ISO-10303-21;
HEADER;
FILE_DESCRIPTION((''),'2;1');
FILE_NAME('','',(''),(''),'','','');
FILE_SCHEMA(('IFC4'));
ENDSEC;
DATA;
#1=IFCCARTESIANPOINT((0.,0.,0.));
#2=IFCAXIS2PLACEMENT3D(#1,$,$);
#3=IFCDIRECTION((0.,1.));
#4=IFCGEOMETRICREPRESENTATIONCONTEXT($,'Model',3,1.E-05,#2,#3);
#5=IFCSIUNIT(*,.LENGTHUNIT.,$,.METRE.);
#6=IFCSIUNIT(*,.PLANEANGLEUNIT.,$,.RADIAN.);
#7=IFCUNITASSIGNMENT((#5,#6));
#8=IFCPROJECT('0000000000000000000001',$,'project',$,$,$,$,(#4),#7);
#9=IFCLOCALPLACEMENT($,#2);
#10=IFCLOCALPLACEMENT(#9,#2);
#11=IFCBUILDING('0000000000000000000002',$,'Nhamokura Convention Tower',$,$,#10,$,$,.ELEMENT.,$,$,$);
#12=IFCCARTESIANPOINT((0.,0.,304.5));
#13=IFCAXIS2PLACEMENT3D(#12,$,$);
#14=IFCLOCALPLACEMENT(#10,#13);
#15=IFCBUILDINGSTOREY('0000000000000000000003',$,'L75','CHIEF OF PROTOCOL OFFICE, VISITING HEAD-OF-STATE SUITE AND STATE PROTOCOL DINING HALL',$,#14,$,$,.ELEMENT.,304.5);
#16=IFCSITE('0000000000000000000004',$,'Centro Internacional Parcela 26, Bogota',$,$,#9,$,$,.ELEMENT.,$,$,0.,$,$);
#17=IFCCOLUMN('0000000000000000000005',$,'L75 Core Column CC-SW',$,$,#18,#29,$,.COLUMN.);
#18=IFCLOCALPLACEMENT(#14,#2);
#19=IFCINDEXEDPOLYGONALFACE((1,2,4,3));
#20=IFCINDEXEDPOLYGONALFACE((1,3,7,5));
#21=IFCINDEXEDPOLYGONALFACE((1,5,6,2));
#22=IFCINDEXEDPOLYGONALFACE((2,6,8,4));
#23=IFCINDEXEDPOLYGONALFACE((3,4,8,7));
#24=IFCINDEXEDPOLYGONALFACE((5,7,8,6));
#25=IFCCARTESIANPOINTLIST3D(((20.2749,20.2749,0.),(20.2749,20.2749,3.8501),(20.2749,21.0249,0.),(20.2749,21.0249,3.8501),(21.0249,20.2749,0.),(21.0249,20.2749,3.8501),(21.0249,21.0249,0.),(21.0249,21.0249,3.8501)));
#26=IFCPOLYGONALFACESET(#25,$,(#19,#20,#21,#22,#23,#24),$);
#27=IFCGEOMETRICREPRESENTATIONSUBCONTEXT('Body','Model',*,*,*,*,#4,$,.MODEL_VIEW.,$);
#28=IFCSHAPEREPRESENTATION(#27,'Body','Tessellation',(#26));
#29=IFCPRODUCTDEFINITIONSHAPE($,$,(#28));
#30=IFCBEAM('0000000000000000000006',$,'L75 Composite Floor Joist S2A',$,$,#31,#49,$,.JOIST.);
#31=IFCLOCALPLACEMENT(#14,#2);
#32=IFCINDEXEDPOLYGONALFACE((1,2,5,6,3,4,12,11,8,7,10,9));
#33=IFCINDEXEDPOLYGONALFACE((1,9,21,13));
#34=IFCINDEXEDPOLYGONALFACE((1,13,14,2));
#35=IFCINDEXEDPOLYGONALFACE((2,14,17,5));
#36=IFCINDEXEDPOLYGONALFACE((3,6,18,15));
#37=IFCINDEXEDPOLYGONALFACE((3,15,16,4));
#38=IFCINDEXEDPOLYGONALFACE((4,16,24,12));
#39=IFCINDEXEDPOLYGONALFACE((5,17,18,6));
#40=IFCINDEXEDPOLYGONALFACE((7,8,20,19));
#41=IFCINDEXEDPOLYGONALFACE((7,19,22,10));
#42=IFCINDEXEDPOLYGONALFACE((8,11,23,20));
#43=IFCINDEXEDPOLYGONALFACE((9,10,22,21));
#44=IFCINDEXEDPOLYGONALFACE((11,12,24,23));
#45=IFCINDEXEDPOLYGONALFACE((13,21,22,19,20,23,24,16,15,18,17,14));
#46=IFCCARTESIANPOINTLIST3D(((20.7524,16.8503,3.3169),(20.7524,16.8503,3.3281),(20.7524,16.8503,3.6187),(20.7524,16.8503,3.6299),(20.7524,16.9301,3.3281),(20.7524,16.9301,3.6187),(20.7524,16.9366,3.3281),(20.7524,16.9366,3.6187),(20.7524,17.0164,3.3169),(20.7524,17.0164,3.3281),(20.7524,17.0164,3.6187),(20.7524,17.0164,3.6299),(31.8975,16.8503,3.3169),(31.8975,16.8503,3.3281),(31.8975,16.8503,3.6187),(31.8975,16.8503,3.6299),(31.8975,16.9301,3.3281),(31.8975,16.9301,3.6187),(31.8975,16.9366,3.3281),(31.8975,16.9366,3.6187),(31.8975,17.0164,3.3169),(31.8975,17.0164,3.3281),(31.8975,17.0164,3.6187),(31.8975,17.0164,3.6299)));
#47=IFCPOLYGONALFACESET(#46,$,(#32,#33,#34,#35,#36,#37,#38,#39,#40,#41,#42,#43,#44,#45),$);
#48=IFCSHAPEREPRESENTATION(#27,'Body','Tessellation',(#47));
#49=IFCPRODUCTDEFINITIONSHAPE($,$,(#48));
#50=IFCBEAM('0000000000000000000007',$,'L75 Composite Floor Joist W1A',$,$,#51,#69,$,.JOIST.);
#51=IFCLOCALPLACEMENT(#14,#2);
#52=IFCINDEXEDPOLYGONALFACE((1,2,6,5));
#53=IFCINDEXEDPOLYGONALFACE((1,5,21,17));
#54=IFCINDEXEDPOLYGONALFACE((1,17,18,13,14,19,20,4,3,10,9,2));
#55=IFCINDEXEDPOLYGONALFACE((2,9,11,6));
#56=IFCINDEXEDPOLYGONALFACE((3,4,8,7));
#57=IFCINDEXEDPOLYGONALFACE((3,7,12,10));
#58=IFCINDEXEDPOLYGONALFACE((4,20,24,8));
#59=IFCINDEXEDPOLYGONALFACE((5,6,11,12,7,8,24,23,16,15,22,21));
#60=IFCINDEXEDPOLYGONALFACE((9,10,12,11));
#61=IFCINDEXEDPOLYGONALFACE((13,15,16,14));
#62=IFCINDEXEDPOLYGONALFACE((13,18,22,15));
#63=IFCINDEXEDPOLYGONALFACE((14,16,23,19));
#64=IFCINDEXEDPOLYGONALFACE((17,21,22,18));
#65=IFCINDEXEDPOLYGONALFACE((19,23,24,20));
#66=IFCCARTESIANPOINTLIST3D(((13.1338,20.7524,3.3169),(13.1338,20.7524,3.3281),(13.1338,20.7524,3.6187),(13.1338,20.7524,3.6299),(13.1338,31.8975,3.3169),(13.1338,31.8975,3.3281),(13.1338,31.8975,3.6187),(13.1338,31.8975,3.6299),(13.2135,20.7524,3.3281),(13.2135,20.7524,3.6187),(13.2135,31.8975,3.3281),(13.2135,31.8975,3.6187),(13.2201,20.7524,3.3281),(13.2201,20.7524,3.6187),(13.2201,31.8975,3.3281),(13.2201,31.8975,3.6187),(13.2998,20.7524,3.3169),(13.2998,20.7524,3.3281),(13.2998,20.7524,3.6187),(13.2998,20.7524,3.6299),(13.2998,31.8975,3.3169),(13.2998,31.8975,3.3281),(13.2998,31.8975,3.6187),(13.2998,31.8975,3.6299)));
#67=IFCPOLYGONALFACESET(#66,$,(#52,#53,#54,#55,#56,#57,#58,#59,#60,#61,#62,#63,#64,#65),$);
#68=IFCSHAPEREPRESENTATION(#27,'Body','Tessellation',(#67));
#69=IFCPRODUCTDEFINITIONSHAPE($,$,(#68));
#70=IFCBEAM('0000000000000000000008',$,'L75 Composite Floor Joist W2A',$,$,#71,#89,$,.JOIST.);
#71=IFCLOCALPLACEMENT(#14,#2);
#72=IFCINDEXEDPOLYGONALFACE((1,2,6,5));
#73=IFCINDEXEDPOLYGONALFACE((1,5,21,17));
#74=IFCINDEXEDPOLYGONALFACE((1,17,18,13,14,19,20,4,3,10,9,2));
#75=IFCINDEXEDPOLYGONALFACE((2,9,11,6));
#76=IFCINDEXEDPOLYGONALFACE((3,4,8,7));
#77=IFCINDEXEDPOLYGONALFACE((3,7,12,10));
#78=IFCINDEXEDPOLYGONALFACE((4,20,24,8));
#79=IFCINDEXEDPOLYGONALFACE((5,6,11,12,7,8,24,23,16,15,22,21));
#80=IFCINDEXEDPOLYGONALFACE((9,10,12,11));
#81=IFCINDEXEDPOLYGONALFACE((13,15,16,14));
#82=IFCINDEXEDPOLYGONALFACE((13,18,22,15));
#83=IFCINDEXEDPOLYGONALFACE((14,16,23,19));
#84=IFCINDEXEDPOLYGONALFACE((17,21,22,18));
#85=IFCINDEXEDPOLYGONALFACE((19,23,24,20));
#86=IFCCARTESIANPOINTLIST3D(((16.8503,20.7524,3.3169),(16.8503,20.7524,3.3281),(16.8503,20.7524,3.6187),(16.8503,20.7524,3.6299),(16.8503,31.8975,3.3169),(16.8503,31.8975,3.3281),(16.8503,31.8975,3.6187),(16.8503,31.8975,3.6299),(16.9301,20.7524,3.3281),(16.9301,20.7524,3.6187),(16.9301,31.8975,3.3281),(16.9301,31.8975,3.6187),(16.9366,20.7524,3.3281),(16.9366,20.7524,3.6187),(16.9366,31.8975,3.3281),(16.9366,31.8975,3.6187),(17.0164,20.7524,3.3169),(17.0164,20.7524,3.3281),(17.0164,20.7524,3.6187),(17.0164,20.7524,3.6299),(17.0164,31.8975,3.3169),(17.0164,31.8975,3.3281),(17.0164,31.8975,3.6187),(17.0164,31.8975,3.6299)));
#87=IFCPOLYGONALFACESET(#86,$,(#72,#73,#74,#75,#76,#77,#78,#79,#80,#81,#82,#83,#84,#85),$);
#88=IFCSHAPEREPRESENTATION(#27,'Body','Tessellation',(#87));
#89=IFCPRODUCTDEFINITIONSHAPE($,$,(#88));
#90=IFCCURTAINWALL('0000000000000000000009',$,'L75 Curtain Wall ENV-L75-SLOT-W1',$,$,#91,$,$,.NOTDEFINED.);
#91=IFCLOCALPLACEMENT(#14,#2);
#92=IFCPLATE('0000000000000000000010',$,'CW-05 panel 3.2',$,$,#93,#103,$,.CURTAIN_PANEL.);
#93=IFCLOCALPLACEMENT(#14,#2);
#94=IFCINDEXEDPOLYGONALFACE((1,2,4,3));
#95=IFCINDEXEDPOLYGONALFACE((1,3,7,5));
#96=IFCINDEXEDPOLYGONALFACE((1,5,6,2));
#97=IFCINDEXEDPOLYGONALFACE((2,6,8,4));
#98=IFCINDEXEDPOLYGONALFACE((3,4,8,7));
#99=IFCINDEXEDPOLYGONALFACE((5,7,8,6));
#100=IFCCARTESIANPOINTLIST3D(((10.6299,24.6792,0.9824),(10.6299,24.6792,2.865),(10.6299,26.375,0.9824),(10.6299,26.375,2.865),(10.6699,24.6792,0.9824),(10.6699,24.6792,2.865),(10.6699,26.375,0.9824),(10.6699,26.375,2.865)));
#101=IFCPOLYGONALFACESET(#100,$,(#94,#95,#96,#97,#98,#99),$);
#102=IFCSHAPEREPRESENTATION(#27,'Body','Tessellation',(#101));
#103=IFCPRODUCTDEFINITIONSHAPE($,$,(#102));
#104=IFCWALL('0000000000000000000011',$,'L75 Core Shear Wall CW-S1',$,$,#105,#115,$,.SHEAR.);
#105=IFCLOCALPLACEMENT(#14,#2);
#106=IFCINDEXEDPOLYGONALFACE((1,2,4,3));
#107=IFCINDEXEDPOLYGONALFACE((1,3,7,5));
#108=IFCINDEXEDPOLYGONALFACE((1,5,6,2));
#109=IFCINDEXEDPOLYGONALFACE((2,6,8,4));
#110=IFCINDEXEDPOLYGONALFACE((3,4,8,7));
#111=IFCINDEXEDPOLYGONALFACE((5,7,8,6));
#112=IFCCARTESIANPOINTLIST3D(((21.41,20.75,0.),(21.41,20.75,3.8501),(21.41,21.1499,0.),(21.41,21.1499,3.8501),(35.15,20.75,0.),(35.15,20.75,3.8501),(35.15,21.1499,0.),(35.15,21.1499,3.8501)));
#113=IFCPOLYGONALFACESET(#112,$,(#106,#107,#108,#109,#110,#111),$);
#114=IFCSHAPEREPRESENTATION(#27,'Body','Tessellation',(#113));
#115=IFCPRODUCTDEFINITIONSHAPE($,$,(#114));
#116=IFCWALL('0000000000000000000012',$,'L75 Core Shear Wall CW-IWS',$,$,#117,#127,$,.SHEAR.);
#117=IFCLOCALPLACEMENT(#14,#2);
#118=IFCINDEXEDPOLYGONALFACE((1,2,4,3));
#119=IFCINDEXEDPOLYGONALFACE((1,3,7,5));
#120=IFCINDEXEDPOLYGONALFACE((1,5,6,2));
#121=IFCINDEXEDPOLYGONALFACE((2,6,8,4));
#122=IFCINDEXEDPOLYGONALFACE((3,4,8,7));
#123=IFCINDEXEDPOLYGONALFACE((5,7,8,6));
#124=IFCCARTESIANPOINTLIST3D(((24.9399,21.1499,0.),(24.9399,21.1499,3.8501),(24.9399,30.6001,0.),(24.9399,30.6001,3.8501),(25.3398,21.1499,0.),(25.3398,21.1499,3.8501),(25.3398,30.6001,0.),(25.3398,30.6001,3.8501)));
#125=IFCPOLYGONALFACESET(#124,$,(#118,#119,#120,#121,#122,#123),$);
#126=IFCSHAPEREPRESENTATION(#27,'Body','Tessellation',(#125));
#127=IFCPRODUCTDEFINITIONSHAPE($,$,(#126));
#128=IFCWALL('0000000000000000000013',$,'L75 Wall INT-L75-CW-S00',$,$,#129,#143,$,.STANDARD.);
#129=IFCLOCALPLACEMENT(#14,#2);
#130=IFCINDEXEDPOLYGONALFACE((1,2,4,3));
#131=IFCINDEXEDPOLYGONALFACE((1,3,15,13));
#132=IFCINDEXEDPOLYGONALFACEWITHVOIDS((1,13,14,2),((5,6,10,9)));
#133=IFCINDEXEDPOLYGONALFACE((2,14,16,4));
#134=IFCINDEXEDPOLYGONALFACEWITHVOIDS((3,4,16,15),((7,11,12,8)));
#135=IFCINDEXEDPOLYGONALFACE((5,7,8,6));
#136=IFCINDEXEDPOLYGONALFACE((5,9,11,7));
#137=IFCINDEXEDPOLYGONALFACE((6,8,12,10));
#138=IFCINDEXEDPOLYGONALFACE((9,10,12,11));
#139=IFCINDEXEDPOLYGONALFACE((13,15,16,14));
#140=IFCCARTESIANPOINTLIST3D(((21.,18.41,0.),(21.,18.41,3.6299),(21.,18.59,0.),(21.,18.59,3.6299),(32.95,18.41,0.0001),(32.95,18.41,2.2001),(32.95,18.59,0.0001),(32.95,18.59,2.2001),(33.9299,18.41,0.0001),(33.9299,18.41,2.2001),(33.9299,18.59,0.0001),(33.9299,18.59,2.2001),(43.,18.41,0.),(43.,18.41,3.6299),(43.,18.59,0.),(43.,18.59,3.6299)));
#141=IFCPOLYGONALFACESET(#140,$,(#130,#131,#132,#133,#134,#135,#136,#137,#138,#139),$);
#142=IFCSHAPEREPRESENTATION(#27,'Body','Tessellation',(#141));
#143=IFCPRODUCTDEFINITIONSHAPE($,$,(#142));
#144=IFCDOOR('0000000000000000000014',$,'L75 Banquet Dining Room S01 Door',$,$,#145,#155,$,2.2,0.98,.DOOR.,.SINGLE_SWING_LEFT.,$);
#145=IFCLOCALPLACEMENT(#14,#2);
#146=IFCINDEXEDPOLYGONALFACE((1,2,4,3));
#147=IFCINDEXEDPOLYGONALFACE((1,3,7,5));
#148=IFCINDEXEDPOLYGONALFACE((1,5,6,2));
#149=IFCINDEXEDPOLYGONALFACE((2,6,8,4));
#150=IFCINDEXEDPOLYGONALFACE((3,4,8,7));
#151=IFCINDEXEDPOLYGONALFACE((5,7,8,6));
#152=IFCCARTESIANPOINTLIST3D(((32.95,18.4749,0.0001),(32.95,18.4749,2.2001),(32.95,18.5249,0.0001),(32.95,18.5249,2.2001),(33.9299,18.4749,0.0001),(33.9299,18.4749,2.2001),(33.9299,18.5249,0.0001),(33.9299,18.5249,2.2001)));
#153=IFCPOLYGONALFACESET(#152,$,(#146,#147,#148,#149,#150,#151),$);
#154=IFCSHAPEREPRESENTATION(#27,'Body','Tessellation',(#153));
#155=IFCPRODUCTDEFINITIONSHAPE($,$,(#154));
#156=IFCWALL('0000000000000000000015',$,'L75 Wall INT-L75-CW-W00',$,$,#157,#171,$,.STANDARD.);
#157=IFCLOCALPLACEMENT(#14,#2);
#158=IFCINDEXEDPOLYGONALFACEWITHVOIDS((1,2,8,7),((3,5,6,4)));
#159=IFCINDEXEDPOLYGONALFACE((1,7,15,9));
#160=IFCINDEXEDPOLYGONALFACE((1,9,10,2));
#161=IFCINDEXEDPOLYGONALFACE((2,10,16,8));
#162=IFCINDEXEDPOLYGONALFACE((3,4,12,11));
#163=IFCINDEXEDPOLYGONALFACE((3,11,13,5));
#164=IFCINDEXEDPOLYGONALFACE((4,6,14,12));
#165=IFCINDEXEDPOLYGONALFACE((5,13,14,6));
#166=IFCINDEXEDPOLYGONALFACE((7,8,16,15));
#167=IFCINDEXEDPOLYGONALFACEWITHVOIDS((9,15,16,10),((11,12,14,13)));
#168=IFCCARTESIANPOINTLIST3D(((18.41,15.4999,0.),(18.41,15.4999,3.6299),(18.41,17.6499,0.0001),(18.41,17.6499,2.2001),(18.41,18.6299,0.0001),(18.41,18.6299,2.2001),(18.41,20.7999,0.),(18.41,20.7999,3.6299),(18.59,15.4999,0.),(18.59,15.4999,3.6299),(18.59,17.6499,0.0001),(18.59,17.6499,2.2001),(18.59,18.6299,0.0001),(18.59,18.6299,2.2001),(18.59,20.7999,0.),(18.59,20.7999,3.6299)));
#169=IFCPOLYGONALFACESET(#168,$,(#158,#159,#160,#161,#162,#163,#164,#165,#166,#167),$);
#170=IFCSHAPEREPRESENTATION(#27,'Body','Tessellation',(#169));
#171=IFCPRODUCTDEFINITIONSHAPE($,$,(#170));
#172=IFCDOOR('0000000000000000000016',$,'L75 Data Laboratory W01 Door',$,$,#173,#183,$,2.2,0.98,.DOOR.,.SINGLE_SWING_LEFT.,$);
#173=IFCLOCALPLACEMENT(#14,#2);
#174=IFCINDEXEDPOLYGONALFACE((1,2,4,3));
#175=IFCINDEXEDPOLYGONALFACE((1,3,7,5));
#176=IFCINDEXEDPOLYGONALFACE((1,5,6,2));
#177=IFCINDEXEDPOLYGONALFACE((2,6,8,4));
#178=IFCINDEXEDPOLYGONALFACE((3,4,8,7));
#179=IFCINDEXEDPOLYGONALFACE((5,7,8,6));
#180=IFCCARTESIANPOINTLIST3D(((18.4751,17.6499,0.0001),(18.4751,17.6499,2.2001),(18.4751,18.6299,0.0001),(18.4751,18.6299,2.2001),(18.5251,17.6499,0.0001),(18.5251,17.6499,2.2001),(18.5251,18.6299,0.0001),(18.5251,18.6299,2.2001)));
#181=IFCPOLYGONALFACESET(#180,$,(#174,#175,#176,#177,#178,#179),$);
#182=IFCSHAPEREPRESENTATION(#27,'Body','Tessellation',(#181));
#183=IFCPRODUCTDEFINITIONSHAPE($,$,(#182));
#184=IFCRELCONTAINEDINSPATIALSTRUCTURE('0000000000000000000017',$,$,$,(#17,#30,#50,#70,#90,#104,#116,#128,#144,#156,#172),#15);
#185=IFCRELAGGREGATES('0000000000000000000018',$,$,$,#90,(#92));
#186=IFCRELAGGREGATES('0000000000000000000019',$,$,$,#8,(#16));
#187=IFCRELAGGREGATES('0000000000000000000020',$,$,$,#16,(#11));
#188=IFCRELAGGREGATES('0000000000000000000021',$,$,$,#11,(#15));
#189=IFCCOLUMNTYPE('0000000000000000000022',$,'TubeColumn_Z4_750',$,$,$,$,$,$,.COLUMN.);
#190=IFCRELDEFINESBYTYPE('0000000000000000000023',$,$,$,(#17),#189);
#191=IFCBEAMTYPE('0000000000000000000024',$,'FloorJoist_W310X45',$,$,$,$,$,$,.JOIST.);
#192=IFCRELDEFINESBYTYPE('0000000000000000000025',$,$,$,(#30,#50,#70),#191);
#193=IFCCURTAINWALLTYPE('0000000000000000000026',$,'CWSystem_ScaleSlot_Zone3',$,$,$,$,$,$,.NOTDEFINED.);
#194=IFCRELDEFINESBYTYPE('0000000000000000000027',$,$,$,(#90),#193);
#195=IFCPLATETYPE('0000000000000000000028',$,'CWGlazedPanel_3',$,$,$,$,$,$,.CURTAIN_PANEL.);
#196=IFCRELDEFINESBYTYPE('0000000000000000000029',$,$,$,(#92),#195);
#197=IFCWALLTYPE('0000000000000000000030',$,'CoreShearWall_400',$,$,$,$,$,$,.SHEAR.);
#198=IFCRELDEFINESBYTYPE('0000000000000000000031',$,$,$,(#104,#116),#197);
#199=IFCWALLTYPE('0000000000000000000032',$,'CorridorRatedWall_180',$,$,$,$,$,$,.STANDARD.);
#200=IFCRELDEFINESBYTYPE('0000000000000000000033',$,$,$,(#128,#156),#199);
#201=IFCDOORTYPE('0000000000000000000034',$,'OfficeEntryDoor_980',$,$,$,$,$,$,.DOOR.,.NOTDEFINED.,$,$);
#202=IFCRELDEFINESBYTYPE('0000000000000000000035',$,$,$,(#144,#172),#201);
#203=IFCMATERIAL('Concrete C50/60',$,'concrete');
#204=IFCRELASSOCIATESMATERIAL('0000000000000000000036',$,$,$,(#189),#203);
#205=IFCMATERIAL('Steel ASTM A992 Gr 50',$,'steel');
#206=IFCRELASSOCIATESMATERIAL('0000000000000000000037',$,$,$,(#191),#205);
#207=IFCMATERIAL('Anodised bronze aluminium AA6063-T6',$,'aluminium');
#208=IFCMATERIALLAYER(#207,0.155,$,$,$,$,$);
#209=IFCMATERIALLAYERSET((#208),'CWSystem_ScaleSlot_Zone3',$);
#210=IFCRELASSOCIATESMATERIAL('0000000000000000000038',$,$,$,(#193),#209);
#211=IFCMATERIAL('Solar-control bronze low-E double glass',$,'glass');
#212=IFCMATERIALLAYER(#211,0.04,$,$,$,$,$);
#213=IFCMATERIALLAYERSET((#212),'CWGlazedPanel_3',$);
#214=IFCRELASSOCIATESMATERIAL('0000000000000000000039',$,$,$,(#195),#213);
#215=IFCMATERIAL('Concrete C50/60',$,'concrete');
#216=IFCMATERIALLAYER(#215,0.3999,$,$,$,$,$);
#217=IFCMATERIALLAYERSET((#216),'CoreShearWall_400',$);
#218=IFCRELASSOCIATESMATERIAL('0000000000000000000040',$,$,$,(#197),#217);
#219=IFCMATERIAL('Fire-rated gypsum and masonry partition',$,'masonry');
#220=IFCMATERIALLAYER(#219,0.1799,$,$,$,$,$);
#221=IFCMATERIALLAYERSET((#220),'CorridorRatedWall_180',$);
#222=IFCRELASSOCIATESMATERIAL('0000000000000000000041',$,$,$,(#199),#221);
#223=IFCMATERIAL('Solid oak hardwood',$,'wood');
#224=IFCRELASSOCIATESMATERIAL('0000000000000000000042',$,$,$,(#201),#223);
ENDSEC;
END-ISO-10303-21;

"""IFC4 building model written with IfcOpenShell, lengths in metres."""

from ifc_helpers import new_model, si_unit, direction, frame, frame_2d, origin, origin_2d, place, context, subcontext, project, spatial, rectangle, i_section, extrude, material, layer, layer_set, material_profile, profile_set, type_object, element, fill, aggregate, save


model = new_model("IFC4")

# Units and contexts
model_context = context("Model", 3, precision=1e-05, world=origin(), true_north=direction((0.0, 1.0)))
body_context = subcontext(model_context, "Body", "Model", "MODEL_VIEW")
ifc_project = project(units=[si_unit("LENGTHUNIT", "METRE"), si_unit("PLANEANGLEUNIT", "RADIAN")], contexts=[model_context])

# Site, building, storey
site_placement = place(None, origin())
site = spatial("IfcSite", under=ifc_project, at=site_placement, Name="Centro Internacional Parcela 26, Bogota", CompositionType="ELEMENT", RefElevation=0.0)
building_placement = place(site_placement, origin())
building = spatial("IfcBuilding", under=site, at=building_placement, Name="Nhamokura Convention Tower", CompositionType="ELEMENT")
storey_placement = place(building_placement, frame((0.0, 0.0, 304.5)))
storey = spatial("IfcBuildingStorey", under=building, at=storey_placement, Name="L75", Description="CHIEF OF PROTOCOL OFFICE, VISITING HEAD-OF-STATE SUITE AND STATE PROTOCOL DINING HALL", CompositionType="ELEMENT", Elevation=304.5)

# Column
ifc_material_1 = material(Name="Concrete C50/60", Category="concrete")
ifc_material_profile_1 = material_profile(ifc_material_1, rectangle(XDim=0.75, YDim=0.75, at=origin_2d()))
ifc_profile_set_1 = profile_set([ifc_material_profile_1], Name="Concrete C50/60")
column_type = type_object("IfcColumnType", Name="TubeColumn_Z4_750", PredefinedType="COLUMN", material=ifc_profile_set_1)
column_placement = place(storey_placement, frame((20.6499, 20.6499, 0.0), z_axis=(0.0, 0.0, 1.0), x_axis=(1.0, 0.0, 0.0)))
element("IfcColumn", 1, at=column_placement, inside=storey, type_object=column_type, Name="L75 Core Column CC-SW", PredefinedType="COLUMN", context=body_context, shape_type="SweptSolid", body=[
    extrude(rectangle(XDim=0.75, YDim=0.75, at=origin_2d()), origin(), (0.0, 0.0, 1.0), 3.8501),
])

# Beams
ifc_material_2 = material(Name="Steel ASTM A992 Gr 50", Category="steel")
ifc_material_profile_2 = material_profile(ifc_material_2, i_section(OverallWidth=0.166, OverallDepth=0.313, WebThickness=0.0066, FlangeThickness=0.0112, at=origin_2d()))
ifc_profile_set_2 = profile_set([ifc_material_profile_2], Name="Steel ASTM A992 Gr 50")
beam_type = type_object("IfcBeamType", Name="FloorJoist_W310X45", PredefinedType="JOIST", material=ifc_profile_set_2)
for number, where, z_axis, x_axis, name in (
    (2, (20.7524, 16.9333, 3.4734), (1.0, 0.0, 0.0), (0.0, 1.0, 0.0), "L75 Composite Floor Joist S2A"),
    (3, (13.2168, 20.7524, 3.4734), (0.0, 1.0, 0.0), (-1.0, 0.0, 0.0), "L75 Composite Floor Joist W1A"),
    (4, (16.9333, 20.7524, 3.4734), (0.0, 1.0, 0.0), (-1.0, 0.0, 0.0), "L75 Composite Floor Joist W2A"),
):
    element("IfcBeam", number, at=place(storey_placement, frame(where, z_axis=z_axis, x_axis=x_axis)), inside=storey, type_object=beam_type, Name=name, PredefinedType="JOIST", context=body_context, shape_type="SweptSolid", body=[
        extrude(i_section(OverallWidth=0.166, OverallDepth=0.313, WebThickness=0.0066, FlangeThickness=0.0112, at=origin_2d()), origin(), (0.0, 0.0, 1.0), 11.145),
    ])

# Curtain wall, plate
ifc_material_3 = material(Name="Anodised bronze aluminium AA6063-T6", Category="aluminium")
ifc_layer_1 = layer(ifc_material_3, 0.155)
ifc_layer_set_1 = layer_set([ifc_layer_1], Name="CWSystem_ScaleSlot_Zone3")
curtain_wall_type = type_object("IfcCurtainWallType", Name="CWSystem_ScaleSlot_Zone3", PredefinedType="NOTDEFINED", material=ifc_layer_set_1)
curtain_wall_placement = place(storey_placement, origin())
curtain_wall = element("IfcCurtainWall", 5, at=curtain_wall_placement, inside=storey, type_object=curtain_wall_type, Name="L75 Curtain Wall ENV-L75-SLOT-W1", PredefinedType="NOTDEFINED")
ifc_material_4 = material(Name="Solar-control bronze low-E double glass", Category="glass")
ifc_layer_2 = layer(ifc_material_4, 0.04)
ifc_layer_set_2 = layer_set([ifc_layer_2], Name="CWGlazedPanel_3")
plate_type = type_object("IfcPlateType", Name="CWGlazedPanel_3", PredefinedType="CURTAIN_PANEL", material=ifc_layer_set_2)
plate_placement = place(storey_placement, frame((10.6499, 25.5271, 0.9824), z_axis=(0.0, 0.0, 1.0), x_axis=(0.0, 1.0, 0.0)))
plate = element("IfcPlate", 6, at=plate_placement, type_object=plate_type, Name="CW-05 panel 3.2", PredefinedType="CURTAIN_PANEL", context=body_context, shape_type="SweptSolid", body=[
    extrude(rectangle(XDim=1.6958, YDim=0.04, at=origin_2d()), origin(), (0.0, 0.0, 1.0), 1.8826),
])
aggregate(curtain_wall, [plate])

# Shared definitions
ifc_material_5 = material(Name="Concrete C50/60", Category="concrete")
ifc_layer_3 = layer(ifc_material_5, 0.3999)
ifc_layer_set_3 = layer_set([ifc_layer_3], Name="CoreShearWall_400")
wall_type_1 = type_object("IfcWallType", Name="CoreShearWall_400", PredefinedType="SHEAR", material=ifc_layer_set_3)

# Walls
wall_1_placement = place(storey_placement, frame((21.4099, 20.95, 0.0), z_axis=(0.0, 0.0, 1.0), x_axis=(1.0, 0.0, 0.0)))
element("IfcWall", 7, at=wall_1_placement, inside=storey, type_object=wall_type_1, Name="L75 Core Shear Wall CW-S1", PredefinedType="SHEAR", context=body_context, shape_type="SweptSolid", body=[
    extrude(rectangle(XDim=13.74, YDim=0.3999, at=frame_2d((6.8701, 0.0))), origin(), (0.0, 0.0, 1.0), 3.8501),
])
wall_2_placement = place(storey_placement, frame((25.1399, 21.1499, 0.0), z_axis=(0.0, 0.0, 1.0), x_axis=(0.0, 1.0, 0.0)))
element("IfcWall", 8, at=wall_2_placement, inside=storey, type_object=wall_type_1, Name="L75 Core Shear Wall CW-IWS", PredefinedType="SHEAR", context=body_context, shape_type="SweptSolid", body=[
    extrude(rectangle(XDim=9.4502, YDim=0.3999, at=frame_2d((4.7251, 0.0))), origin(), (0.0, 0.0, 1.0), 3.8501),
])

# Walls, openings, doors
ifc_material_6 = material(Name="Fire-rated gypsum and masonry partition", Category="masonry")
ifc_layer_4 = layer(ifc_material_6, 0.1799)
ifc_layer_set_4 = layer_set([ifc_layer_4], Name="CorridorRatedWall_180")
wall_type_2 = type_object("IfcWallType", Name="CorridorRatedWall_180", PredefinedType="STANDARD", material=ifc_layer_set_4)
wall_3_placement = place(storey_placement, frame((21.0, 18.5, 0.0), z_axis=(0.0, 0.0, 1.0), x_axis=(1.0, 0.0, 0.0)))
wall_3 = element("IfcWall", 9, at=wall_3_placement, inside=storey, type_object=wall_type_2, Name="L75 Wall INT-L75-CW-S00", PredefinedType="STANDARD", context=body_context, shape_type="SweptSolid", body=[
    extrude(rectangle(XDim=22.0, YDim=0.1799, at=frame_2d((11.0, 0.0))), origin(), (0.0, 0.0, 1.0), 3.6299),
])
opening_1_placement = place(wall_3_placement, frame((11.95, 0.0, 0.0)))
opening_1 = element("IfcOpeningElement", 10, at=opening_1_placement, cuts=wall_3, PredefinedType="OPENING", context=body_context, shape_type="SweptSolid", body=[
    extrude(rectangle(XDim=0.98, YDim=2.2, at=frame_2d((0.49, 1.1001))), frame((0.0, 0.0999, 0.0), z_axis=(0.0, -1.0, 0.0), x_axis=(1.0, 0.0, 0.0)), (0.0, 0.0, 1.0), 0.2),
])
ifc_material_7 = material(Name="Solid oak hardwood", Category="wood")
door_type_1 = type_object("IfcDoorType", Name="OfficeEntryDoor_980", OperationType="NOTDEFINED", PredefinedType="DOOR", material=ifc_material_7)
door_1_placement = place(opening_1_placement, origin())
door_1 = element("IfcDoor", 11, at=door_1_placement, inside=storey, type_object=door_type_1, Name="L75 Banquet Dining Room S01 Door", OperationType="SINGLE_SWING_LEFT", OverallHeight=2.2, OverallWidth=0.98, PredefinedType="DOOR", context=body_context, shape_type="SweptSolid", body=[
    extrude(rectangle(XDim=0.98, YDim=2.2, at=frame_2d((0.49, 1.1001))), frame((0.0, 0.0249, 0.0), z_axis=(0.0, -1.0, 0.0), x_axis=(1.0, 0.0, 0.0)), (0.0, 0.0, 1.0), 0.05),
])
fill(opening_1, door_1)
wall_4_placement = place(storey_placement, frame((18.5, 15.5, 0.0), z_axis=(0.0, 0.0, 1.0), x_axis=(0.0, 1.0, 0.0)))
wall_4 = element("IfcWall", 12, at=wall_4_placement, inside=storey, type_object=wall_type_2, Name="L75 Wall INT-L75-CW-W00", PredefinedType="STANDARD", context=body_context, shape_type="SweptSolid", body=[
    extrude(rectangle(XDim=5.3, YDim=0.1799, at=frame_2d((2.6499, 0.0))), origin(), (0.0, 0.0, 1.0), 3.6299),
])
opening_2_placement = place(wall_4_placement, frame((2.1499, 0.0, 0.0)))
opening_2 = element("IfcOpeningElement", 13, at=opening_2_placement, cuts=wall_4, PredefinedType="OPENING", context=body_context, shape_type="SweptSolid", body=[
    extrude(rectangle(XDim=0.98, YDim=2.2, at=frame_2d((0.49, 1.1001))), frame((0.0, 0.0999, 0.0), z_axis=(0.0, -1.0, 0.0), x_axis=(1.0, 0.0, 0.0)), (0.0, 0.0, 1.0), 0.2),
])
door_2_placement = place(opening_2_placement, origin())
door_2 = element("IfcDoor", 14, at=door_2_placement, inside=storey, type_object=door_type_1, Name="L75 Data Laboratory W01 Door", OperationType="SINGLE_SWING_LEFT", OverallHeight=2.2, OverallWidth=0.98, PredefinedType="DOOR", context=body_context, shape_type="SweptSolid", body=[
    extrude(rectangle(XDim=0.98, YDim=2.2, at=frame_2d((0.49, 1.1001))), frame((0.0, 0.0249, 0.0), z_axis=(0.0, -1.0, 0.0), x_axis=(1.0, 0.0, 0.0)), (0.0, 0.0, 1.0), 0.05),
])
fill(opening_2, door_2)

save(model, "model.ifc")
